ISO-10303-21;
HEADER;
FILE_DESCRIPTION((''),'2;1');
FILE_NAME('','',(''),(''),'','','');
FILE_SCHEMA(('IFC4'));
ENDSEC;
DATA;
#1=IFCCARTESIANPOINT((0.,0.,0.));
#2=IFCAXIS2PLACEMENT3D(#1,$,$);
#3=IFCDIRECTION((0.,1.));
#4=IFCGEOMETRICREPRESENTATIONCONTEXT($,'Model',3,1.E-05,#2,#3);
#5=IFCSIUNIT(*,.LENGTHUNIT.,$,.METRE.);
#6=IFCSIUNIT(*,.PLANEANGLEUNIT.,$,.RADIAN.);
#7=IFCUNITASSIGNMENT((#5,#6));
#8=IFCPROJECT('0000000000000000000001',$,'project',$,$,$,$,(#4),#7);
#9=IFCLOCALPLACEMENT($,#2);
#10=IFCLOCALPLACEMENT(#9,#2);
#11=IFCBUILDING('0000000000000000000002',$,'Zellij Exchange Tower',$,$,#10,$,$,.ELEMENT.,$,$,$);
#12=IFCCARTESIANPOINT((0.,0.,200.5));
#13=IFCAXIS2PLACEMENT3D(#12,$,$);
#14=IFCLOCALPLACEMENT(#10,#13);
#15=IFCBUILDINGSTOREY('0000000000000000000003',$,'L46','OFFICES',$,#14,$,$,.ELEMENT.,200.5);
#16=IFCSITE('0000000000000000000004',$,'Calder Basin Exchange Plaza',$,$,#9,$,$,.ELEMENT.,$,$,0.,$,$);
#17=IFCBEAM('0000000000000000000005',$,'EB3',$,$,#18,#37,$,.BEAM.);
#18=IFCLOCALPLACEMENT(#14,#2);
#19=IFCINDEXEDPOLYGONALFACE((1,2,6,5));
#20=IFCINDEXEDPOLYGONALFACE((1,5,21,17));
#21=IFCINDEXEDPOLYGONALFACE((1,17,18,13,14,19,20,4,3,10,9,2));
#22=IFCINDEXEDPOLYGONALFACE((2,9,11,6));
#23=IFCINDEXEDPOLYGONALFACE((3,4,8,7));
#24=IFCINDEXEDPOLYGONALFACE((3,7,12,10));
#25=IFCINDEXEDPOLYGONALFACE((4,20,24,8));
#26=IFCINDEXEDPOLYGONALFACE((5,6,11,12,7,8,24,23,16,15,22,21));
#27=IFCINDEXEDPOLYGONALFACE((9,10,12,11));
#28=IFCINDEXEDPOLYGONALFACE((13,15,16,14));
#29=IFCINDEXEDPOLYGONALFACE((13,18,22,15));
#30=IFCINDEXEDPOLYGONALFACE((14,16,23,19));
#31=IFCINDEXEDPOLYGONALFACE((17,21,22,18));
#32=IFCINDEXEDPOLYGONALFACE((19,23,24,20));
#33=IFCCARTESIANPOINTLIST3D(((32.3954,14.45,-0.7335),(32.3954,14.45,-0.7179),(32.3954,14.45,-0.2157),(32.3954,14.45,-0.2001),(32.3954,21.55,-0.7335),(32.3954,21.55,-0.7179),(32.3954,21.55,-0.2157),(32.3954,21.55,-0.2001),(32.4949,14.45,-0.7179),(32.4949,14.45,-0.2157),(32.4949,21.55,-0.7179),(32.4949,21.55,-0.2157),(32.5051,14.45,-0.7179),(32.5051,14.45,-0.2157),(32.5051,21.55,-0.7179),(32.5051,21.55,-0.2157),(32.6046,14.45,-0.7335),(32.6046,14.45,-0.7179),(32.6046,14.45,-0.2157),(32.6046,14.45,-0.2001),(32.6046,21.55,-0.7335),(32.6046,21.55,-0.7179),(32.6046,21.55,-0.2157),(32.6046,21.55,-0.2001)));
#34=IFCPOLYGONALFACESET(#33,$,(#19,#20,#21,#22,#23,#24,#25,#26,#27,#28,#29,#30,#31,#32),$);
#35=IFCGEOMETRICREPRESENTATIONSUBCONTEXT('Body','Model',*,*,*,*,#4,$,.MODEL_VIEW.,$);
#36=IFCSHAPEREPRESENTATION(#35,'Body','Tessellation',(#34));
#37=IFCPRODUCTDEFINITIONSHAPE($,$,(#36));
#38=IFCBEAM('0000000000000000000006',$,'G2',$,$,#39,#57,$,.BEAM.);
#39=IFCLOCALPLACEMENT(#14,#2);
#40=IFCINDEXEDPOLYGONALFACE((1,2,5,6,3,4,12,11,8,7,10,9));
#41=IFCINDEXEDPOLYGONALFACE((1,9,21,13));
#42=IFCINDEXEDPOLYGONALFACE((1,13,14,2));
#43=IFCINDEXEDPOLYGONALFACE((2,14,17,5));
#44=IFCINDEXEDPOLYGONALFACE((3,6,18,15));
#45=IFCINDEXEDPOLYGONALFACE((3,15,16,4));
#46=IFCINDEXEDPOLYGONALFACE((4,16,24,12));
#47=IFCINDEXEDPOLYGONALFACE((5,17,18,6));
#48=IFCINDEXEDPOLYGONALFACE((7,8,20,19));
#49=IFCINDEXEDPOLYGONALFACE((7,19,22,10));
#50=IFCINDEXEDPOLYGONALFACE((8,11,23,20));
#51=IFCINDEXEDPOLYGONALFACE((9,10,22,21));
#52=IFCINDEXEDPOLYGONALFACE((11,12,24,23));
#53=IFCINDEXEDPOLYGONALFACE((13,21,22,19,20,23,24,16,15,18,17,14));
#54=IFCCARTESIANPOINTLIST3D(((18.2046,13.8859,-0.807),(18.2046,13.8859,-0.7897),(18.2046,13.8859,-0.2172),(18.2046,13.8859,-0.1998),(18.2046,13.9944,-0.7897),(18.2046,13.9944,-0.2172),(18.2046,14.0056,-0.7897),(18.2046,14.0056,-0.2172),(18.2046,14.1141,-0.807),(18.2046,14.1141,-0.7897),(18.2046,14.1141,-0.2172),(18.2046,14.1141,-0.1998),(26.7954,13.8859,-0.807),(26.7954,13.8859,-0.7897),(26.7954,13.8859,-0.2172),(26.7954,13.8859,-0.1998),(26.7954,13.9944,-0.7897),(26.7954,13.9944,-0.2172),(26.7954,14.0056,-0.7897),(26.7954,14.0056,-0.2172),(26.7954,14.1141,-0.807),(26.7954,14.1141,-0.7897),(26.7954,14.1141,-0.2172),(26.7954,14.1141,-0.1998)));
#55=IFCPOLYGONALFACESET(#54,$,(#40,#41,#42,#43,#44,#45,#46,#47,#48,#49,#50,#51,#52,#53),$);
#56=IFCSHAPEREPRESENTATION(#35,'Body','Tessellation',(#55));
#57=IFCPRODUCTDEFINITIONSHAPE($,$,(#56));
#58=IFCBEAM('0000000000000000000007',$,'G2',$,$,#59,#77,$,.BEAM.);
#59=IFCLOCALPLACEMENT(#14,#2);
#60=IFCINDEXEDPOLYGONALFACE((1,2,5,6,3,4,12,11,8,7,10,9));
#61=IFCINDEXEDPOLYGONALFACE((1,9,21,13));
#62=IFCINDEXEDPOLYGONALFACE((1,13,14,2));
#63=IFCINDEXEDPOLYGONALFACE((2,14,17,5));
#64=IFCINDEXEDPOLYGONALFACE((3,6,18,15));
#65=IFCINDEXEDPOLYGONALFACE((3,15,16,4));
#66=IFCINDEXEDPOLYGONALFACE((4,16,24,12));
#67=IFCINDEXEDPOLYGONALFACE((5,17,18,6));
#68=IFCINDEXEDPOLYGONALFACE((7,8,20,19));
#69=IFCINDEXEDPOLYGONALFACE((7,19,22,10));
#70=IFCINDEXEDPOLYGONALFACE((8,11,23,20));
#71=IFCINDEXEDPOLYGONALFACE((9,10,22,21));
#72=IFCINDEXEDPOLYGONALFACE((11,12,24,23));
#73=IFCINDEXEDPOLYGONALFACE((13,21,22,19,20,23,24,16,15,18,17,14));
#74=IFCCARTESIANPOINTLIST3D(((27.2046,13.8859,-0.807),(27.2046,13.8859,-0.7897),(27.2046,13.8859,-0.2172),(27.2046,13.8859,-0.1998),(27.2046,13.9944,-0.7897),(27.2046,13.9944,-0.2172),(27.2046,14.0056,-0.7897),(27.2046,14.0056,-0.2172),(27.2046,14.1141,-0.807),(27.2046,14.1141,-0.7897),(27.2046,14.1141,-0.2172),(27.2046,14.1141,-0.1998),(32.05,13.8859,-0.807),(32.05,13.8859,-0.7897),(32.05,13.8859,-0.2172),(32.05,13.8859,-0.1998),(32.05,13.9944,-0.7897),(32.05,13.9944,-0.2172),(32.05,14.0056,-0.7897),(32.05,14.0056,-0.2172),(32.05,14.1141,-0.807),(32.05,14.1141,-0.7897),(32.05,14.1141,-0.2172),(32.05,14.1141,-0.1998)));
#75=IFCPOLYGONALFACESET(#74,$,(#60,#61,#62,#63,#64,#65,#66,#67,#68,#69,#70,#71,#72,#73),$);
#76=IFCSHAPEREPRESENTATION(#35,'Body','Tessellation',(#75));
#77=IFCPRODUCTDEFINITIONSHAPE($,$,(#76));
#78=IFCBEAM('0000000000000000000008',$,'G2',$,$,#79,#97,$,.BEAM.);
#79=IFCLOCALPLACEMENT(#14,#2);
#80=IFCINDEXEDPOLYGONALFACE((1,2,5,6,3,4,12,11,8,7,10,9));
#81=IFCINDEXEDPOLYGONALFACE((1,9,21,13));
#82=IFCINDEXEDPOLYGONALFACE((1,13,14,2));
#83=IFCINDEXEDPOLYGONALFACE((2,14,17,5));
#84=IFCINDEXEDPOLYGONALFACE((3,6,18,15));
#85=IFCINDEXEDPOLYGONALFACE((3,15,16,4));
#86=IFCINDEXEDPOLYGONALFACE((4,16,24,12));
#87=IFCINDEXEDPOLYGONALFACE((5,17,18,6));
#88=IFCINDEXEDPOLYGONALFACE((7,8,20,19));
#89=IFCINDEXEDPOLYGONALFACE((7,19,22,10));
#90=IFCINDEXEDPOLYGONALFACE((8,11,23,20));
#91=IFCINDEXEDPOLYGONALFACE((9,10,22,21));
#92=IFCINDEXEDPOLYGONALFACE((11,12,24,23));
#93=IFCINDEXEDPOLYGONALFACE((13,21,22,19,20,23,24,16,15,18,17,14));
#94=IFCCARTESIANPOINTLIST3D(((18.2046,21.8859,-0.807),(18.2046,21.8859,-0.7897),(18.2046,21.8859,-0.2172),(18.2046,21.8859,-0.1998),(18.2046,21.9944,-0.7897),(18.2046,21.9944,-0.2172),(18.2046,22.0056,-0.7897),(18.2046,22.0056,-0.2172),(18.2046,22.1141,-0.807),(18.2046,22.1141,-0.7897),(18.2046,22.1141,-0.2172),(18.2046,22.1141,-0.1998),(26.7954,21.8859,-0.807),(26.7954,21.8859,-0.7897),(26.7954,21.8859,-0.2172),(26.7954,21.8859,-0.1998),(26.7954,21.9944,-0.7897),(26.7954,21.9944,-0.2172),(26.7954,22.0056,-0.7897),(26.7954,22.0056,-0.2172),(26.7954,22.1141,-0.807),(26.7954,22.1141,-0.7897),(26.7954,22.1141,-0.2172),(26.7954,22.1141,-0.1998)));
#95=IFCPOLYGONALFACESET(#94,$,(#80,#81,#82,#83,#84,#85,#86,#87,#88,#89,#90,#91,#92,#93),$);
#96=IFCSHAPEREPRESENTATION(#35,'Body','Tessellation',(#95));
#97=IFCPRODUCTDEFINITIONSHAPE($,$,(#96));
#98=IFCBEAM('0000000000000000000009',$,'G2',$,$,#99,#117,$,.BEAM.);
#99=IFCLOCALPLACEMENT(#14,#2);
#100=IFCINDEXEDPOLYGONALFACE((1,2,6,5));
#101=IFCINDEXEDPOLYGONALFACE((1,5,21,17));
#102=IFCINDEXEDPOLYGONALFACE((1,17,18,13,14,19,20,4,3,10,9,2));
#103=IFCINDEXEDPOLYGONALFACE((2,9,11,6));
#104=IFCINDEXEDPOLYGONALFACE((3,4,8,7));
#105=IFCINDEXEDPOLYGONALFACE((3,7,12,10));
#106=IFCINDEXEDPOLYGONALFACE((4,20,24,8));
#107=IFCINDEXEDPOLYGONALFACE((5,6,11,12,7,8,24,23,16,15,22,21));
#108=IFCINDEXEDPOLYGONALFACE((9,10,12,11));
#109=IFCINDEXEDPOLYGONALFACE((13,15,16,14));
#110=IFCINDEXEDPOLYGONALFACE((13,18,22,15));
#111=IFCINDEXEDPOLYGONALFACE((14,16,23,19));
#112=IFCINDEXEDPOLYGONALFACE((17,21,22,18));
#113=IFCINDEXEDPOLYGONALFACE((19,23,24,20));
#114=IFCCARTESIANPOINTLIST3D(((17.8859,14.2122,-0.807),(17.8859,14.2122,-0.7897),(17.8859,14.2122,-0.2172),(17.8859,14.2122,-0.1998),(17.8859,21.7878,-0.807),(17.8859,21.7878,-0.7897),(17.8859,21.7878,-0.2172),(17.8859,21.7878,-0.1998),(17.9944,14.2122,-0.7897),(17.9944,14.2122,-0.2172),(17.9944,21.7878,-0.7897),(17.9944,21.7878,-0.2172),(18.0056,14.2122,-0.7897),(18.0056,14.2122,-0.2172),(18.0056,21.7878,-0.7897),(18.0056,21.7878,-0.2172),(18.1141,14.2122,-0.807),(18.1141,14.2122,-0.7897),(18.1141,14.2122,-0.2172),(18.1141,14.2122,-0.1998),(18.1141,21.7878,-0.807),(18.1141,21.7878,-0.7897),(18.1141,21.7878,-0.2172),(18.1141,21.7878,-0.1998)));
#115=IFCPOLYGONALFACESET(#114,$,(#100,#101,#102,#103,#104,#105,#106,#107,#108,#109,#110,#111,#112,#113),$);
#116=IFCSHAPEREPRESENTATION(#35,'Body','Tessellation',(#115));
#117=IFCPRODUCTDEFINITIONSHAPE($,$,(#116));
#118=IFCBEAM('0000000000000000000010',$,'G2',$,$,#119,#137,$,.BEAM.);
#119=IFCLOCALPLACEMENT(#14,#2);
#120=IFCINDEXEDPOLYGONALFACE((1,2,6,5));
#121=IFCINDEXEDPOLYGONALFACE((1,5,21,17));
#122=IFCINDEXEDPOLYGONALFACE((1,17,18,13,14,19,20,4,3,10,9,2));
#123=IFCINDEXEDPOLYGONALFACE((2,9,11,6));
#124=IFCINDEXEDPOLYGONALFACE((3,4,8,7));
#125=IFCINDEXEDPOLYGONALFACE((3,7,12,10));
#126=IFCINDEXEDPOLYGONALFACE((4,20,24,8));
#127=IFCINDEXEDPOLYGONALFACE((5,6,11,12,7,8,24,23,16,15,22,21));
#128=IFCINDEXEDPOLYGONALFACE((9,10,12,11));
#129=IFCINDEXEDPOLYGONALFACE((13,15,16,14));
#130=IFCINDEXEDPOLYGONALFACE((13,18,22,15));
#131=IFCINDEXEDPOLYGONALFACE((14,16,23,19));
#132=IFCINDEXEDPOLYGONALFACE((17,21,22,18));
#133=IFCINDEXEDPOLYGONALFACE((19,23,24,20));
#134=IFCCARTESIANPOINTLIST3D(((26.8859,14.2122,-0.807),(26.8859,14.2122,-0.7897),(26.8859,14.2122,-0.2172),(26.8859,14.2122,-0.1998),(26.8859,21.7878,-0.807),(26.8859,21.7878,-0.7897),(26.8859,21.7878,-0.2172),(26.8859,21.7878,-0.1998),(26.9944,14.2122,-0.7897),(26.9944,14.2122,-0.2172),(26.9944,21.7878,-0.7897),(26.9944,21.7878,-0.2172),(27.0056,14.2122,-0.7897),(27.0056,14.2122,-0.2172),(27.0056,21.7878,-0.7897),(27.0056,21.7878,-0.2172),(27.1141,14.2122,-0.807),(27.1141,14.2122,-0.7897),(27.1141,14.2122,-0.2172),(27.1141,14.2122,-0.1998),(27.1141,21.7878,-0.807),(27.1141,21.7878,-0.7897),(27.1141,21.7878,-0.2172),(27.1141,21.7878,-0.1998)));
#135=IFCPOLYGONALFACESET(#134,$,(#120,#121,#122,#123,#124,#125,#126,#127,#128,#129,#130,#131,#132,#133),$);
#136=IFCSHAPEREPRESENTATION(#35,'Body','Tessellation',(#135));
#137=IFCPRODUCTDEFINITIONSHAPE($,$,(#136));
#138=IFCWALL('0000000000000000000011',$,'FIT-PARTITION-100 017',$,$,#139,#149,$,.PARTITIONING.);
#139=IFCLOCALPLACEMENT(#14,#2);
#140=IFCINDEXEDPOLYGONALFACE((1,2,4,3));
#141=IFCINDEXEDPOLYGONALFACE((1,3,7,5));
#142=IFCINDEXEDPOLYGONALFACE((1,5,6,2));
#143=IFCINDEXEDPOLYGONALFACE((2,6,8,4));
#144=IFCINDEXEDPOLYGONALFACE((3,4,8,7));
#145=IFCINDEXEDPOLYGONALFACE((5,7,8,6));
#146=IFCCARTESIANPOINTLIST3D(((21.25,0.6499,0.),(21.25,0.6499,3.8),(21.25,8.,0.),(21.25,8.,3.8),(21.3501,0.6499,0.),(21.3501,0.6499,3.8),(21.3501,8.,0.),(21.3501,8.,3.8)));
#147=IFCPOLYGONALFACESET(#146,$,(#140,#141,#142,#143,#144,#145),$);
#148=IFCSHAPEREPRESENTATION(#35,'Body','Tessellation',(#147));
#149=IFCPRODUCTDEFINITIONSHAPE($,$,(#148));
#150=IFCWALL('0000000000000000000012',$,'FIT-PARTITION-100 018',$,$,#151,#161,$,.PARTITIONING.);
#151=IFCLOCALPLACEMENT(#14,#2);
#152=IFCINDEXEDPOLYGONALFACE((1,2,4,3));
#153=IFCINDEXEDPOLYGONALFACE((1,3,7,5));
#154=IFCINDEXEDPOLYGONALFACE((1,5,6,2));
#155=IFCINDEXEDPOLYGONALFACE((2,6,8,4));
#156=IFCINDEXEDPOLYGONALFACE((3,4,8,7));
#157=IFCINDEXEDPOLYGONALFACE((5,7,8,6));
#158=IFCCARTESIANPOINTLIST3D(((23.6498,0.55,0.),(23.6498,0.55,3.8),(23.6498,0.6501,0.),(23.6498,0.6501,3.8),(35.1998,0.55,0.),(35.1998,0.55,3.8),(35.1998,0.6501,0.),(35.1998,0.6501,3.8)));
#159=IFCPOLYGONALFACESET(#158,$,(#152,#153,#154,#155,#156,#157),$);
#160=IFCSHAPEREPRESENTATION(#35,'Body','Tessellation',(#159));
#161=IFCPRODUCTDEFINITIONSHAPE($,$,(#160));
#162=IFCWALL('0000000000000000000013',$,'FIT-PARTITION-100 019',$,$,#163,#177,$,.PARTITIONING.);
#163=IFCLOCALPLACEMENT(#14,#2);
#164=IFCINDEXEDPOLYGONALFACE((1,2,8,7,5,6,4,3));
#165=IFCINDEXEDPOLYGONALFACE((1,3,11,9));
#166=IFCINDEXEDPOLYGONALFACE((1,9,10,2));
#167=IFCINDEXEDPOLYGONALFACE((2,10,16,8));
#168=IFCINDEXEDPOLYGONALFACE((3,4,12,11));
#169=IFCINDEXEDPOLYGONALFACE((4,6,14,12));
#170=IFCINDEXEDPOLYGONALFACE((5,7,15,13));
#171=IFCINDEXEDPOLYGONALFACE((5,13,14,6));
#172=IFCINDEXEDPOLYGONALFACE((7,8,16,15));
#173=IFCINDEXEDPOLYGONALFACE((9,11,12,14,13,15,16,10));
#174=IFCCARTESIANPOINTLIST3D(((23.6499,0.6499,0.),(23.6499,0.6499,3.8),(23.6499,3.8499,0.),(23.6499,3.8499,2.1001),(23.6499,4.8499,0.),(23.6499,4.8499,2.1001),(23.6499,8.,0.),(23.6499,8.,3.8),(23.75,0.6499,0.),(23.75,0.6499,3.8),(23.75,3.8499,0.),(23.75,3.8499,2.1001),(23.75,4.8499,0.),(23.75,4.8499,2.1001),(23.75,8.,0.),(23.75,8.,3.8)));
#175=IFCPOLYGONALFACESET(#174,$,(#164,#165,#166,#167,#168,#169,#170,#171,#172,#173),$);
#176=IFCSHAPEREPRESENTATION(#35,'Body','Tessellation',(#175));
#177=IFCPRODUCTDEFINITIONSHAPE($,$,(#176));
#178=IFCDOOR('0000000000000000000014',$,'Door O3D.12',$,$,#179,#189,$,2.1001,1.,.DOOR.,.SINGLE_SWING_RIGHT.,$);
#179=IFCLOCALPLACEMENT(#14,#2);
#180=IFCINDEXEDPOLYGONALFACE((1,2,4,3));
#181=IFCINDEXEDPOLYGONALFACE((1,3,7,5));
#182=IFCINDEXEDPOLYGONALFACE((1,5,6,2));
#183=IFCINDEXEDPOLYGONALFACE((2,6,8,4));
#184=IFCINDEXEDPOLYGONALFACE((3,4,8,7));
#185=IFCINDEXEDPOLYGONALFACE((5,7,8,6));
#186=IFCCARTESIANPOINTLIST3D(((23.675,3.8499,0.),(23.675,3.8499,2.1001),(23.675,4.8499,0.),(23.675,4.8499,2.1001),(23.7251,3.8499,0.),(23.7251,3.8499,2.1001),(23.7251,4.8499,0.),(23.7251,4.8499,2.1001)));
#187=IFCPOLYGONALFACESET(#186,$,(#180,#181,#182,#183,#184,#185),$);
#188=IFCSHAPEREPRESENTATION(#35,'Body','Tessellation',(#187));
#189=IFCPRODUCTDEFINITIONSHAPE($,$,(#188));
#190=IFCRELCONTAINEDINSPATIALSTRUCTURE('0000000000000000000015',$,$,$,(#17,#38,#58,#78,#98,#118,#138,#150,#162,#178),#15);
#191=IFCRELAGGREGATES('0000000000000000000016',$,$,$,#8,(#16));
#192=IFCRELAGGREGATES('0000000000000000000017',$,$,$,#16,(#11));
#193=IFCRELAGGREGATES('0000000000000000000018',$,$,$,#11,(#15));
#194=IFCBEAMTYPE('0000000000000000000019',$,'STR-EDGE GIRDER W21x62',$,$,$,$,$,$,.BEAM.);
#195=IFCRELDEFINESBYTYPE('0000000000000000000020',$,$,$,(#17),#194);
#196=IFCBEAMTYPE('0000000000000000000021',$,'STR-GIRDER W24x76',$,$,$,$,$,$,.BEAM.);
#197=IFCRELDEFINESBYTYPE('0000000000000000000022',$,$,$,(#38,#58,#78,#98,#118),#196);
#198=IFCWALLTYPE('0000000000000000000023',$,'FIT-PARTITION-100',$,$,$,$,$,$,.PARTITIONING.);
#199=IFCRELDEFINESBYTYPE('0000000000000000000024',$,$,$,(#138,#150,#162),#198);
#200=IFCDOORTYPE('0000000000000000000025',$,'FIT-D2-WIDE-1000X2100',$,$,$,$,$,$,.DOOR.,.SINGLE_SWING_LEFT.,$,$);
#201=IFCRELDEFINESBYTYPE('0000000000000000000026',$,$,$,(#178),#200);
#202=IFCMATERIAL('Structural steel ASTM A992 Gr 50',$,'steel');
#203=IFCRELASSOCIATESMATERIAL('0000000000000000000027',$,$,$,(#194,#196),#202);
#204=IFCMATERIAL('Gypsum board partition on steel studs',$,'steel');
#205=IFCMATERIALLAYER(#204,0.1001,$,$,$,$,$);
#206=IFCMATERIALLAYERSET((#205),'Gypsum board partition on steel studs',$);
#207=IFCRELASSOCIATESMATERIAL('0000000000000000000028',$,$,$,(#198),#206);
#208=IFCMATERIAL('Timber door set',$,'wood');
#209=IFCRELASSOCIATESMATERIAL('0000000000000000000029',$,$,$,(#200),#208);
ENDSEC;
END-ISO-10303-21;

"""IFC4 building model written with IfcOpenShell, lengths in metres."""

from ifc_helpers import new_model, si_unit, direction, frame, frame_2d, origin, origin_2d, place, context, subcontext, project, spatial, rectangle, i_section, extrude, material, layer, layer_set, material_profile, profile_set, type_object, element, fill, save


model = new_model("IFC4")

# Units and contexts
model_context = context("Model", 3, precision=1e-05, world=origin(), true_north=direction((0.0, 1.0)))
body_context = subcontext(model_context, "Body", "Model", "MODEL_VIEW")
ifc_project = project(units=[si_unit("LENGTHUNIT", "METRE"), si_unit("PLANEANGLEUNIT", "RADIAN")], contexts=[model_context])

# Site, building, storey
site_placement = place(None, origin())
site = spatial("IfcSite", under=ifc_project, at=site_placement, Name="Calder Basin Exchange Plaza", CompositionType="ELEMENT", RefElevation=0.0)
building_placement = place(site_placement, origin())
building = spatial("IfcBuilding", under=site, at=building_placement, Name="Zellij Exchange Tower", CompositionType="ELEMENT")
storey_placement = place(building_placement, frame((0.0, 0.0, 200.5)))
storey = spatial("IfcBuildingStorey", under=building, at=storey_placement, Name="L46", Description="OFFICES", CompositionType="ELEMENT", Elevation=200.5)

# Beams
ifc_material_1 = material(Name="Structural steel ASTM A992 Gr 50", Category="steel")
ifc_material_profile_1 = material_profile(ifc_material_1, i_section(OverallWidth=0.2092, OverallDepth=0.5334, WebThickness=0.0103, FlangeThickness=0.0156, at=origin_2d()), Name="W21x62")
ifc_profile_set_1 = profile_set([ifc_material_profile_1], Name="Structural steel ASTM A992 Gr 50")
beam_type_1 = type_object("IfcBeamType", Name="STR-EDGE GIRDER W21x62", PredefinedType="BEAM", material=ifc_profile_set_1)
beam_1_placement = place(storey_placement, frame((32.5, 14.45, -0.4668), z_axis=(0.0, 1.0, 0.0), x_axis=(-1.0, 0.0, 0.0)))
element("IfcBeam", 1, at=beam_1_placement, inside=storey, type_object=beam_type_1, Name="EB3", PredefinedType="BEAM", context=body_context, shape_type="SweptSolid", body=[
    extrude(i_section(OverallWidth=0.2092, OverallDepth=0.5334, WebThickness=0.0103, FlangeThickness=0.0156, at=origin_2d()), origin(), (0.0, 0.0, 1.0), 7.1001),
])
ifc_material_profile_2 = material_profile(ifc_material_1, i_section(OverallWidth=0.2283, OverallDepth=0.6072, WebThickness=0.0112, FlangeThickness=0.0173, at=origin_2d()), Name="W24x76")
ifc_profile_set_2 = profile_set([ifc_material_profile_2], Name="Structural steel ASTM A992 Gr 50")
beam_type_2 = type_object("IfcBeamType", Name="STR-GIRDER W24x76", PredefinedType="BEAM", material=ifc_profile_set_2)
beam_2_placement = place(storey_placement, frame((18.2046, 14.0, -0.5034), z_axis=(1.0, 0.0, 0.0), x_axis=(0.0, 1.0, 0.0)))
element("IfcBeam", 2, at=beam_2_placement, inside=storey, type_object=beam_type_2, Name="G2", PredefinedType="BEAM", context=body_context, shape_type="SweptSolid", body=[
    extrude(i_section(OverallWidth=0.2283, OverallDepth=0.6072, WebThickness=0.0112, FlangeThickness=0.0173, at=origin_2d()), origin(), (0.0, 0.0, 1.0), 8.5908),
])
beam_3_placement = place(storey_placement, frame((27.2046, 14.0, -0.5034), z_axis=(1.0, 0.0, 0.0), x_axis=(0.0, 1.0, 0.0)))
element("IfcBeam", 3, at=beam_3_placement, inside=storey, type_object=beam_type_2, Name="G2", PredefinedType="BEAM", context=body_context, shape_type="SweptSolid", body=[
    extrude(i_section(OverallWidth=0.2283, OverallDepth=0.6072, WebThickness=0.0112, FlangeThickness=0.0173, at=origin_2d()), origin(), (0.0, 0.0, 1.0), 4.8455),
])
beam_4_placement = place(storey_placement, frame((18.2046, 22.0, -0.5034), z_axis=(1.0, 0.0, 0.0), x_axis=(0.0, 1.0, 0.0)))
element("IfcBeam", 4, at=beam_4_placement, inside=storey, type_object=beam_type_2, Name="G2", PredefinedType="BEAM", context=body_context, shape_type="SweptSolid", body=[
    extrude(i_section(OverallWidth=0.2283, OverallDepth=0.6072, WebThickness=0.0112, FlangeThickness=0.0173, at=origin_2d()), origin(), (0.0, 0.0, 1.0), 8.5908),
])
for number, where, z_axis, x_axis, name in (
    (5, (18.0, 14.2122, -0.5034), (0.0, 1.0, 0.0), (-1.0, 0.0, 0.0), "G2"),
    (6, (27.0, 14.2122, -0.5034), (0.0, 1.0, 0.0), (-1.0, 0.0, 0.0), "G2"),
):
    element("IfcBeam", number, at=place(storey_placement, frame(where, z_axis=z_axis, x_axis=x_axis)), inside=storey, type_object=beam_type_2, Name=name, PredefinedType="BEAM", context=body_context, shape_type="SweptSolid", body=[
        extrude(i_section(OverallWidth=0.2283, OverallDepth=0.6072, WebThickness=0.0112, FlangeThickness=0.0173, at=origin_2d()), origin(), (0.0, 0.0, 1.0), 7.5757),
    ])

# Walls
ifc_material_2 = material(Name="Gypsum board partition on steel studs", Category="steel")
ifc_layer = layer(ifc_material_2, 0.1001)
ifc_layer_set = layer_set([ifc_layer], Name="Gypsum board partition on steel studs")
wall_type = type_object("IfcWallType", Name="FIT-PARTITION-100", PredefinedType="PARTITIONING", material=ifc_layer_set)
wall_1_placement = place(storey_placement, frame((21.3, 0.6499, 0.0), z_axis=(0.0, 0.0, 1.0), x_axis=(0.0, 1.0, 0.0)))
element("IfcWall", 7, at=wall_1_placement, inside=storey, type_object=wall_type, Name="FIT-PARTITION-100 017", PredefinedType="PARTITIONING", context=body_context, shape_type="SweptSolid", body=[
    extrude(rectangle(XDim=7.3501, YDim=0.1001, at=frame_2d((3.675, 0.0))), origin(), (0.0, 0.0, 1.0), 3.8),
])
wall_2_placement = place(storey_placement, frame((23.6499, 0.6001, 0.0), z_axis=(0.0, 0.0, 1.0), x_axis=(1.0, 0.0, 0.0)))
element("IfcWall", 8, at=wall_2_placement, inside=storey, type_object=wall_type, Name="FIT-PARTITION-100 018", PredefinedType="PARTITIONING", context=body_context, shape_type="SweptSolid", body=[
    extrude(rectangle(XDim=11.55, YDim=0.1001, at=frame_2d((5.7749, 0.0))), origin(), (0.0, 0.0, 1.0), 3.8),
])

# Wall, opening, door
wall_3_placement = place(storey_placement, frame((23.7, 0.6499, 0.0), z_axis=(0.0, 0.0, 1.0), x_axis=(0.0, 1.0, 0.0)))
wall_3 = element("IfcWall", 9, at=wall_3_placement, inside=storey, type_object=wall_type, Name="FIT-PARTITION-100 019", PredefinedType="PARTITIONING", context=body_context, shape_type="SweptSolid", body=[
    extrude(rectangle(XDim=7.3501, YDim=0.1001, at=frame_2d((3.675, 0.0))), origin(), (0.0, 0.0, 1.0), 3.8),
])
opening_placement = place(wall_3_placement, frame((3.2, 0.0, 0.0)))
opening = element("IfcOpeningElement", 10, at=opening_placement, cuts=wall_3, PredefinedType="OPENING", context=body_context, shape_type="SweptSolid", body=[
    extrude(rectangle(XDim=1.0, YDim=2.1001, at=frame_2d((0.5, 1.05))), frame((0.0, 0.062, 0.0), z_axis=(0.0, -1.0, 0.0), x_axis=(1.0, 0.0, 0.0)), (0.0, 0.0, 1.0), 0.124),
])
ifc_material_3 = material(Name="Timber door set", Category="wood")
door_type = type_object("IfcDoorType", Name="FIT-D2-WIDE-1000X2100", OperationType="SINGLE_SWING_LEFT", PredefinedType="DOOR", material=ifc_material_3)
door_placement = place(opening_placement, origin())
door = element("IfcDoor", 11, at=door_placement, inside=storey, type_object=door_type, Name="Door O3D.12", OperationType="SINGLE_SWING_RIGHT", OverallHeight=2.1001, OverallWidth=1.0, PredefinedType="DOOR", context=body_context, shape_type="SweptSolid", body=[
    extrude(rectangle(XDim=1.0, YDim=2.1001, at=frame_2d((0.5, 1.05))), frame((0.0, 0.0249, 0.0), z_axis=(0.0, -1.0, 0.0), x_axis=(1.0, 0.0, 0.0)), (0.0, 0.0, 1.0), 0.05),
])
fill(opening, door)

save(model, "model.ifc")
